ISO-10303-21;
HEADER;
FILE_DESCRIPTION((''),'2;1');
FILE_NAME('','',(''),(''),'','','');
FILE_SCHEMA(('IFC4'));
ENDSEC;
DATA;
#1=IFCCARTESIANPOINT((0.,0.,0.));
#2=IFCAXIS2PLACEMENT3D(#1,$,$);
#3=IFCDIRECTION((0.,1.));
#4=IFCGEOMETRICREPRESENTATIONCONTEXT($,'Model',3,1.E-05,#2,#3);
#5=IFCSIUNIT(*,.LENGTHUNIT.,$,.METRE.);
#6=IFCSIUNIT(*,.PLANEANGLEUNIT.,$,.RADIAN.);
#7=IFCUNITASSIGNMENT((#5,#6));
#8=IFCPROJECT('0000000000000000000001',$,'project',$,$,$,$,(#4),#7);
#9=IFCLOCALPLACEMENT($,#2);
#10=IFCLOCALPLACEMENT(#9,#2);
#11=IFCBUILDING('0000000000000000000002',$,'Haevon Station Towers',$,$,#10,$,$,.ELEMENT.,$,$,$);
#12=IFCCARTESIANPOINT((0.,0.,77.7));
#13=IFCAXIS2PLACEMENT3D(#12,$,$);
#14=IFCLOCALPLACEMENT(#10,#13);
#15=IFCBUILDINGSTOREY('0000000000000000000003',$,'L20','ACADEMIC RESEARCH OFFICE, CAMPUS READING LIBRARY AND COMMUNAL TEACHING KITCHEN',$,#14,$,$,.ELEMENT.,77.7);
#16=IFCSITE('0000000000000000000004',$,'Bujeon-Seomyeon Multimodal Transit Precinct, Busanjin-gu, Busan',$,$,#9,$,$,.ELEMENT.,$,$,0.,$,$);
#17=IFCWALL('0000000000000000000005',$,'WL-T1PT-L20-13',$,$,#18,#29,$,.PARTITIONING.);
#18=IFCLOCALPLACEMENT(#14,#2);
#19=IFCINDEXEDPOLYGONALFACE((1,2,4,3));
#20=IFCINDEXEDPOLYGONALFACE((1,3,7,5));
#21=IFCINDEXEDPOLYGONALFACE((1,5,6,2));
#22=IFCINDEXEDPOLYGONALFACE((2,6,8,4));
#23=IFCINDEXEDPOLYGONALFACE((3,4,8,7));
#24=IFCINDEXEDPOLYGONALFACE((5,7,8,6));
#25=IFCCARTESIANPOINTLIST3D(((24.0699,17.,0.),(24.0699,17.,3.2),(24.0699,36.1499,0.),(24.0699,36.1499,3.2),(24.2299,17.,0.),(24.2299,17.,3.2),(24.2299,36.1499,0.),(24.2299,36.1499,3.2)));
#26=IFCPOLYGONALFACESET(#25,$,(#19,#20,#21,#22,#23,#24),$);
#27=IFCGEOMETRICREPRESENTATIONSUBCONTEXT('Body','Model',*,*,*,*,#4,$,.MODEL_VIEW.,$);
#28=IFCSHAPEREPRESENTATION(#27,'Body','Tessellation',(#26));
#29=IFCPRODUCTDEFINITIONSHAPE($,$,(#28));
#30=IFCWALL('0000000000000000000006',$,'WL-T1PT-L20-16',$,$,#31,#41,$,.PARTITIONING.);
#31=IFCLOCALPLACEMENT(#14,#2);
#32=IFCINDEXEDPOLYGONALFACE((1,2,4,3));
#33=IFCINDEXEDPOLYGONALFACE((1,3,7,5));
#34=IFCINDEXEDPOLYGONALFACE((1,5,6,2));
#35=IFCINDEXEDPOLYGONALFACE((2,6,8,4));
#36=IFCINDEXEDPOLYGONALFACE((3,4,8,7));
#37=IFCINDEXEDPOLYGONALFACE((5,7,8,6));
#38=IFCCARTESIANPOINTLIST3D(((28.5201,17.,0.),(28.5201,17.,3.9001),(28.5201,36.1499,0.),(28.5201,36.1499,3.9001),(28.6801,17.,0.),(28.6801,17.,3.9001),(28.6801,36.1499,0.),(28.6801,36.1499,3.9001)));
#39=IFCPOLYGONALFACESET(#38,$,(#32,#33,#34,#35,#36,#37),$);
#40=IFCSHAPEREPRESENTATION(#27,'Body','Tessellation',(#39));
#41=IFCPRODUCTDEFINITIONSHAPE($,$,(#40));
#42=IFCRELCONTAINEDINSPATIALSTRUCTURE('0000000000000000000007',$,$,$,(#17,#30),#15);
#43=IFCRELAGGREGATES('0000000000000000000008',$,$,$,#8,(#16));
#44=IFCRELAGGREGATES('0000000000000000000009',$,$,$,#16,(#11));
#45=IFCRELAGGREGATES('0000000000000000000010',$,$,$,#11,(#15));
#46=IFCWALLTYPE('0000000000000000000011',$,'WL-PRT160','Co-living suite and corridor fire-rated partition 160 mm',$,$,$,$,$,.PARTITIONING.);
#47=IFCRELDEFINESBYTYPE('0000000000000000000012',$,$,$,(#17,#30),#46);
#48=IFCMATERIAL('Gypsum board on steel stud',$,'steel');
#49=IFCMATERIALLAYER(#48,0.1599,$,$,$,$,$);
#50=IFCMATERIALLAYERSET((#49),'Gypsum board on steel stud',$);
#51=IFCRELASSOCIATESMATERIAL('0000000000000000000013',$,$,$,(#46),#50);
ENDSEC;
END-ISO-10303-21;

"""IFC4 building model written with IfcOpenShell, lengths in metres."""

from ifc_helpers import new_model, si_unit, direction, frame, frame_2d, origin, place, context, subcontext, project, spatial, rectangle, extrude, material, layer, layer_set, type_object, element, save


model = new_model("IFC4")

# Units and contexts
model_context = context("Model", 3, precision=1e-05, world=origin(), true_north=direction((0.0, 1.0)))
body_context = subcontext(model_context, "Body", "Model", "MODEL_VIEW")
ifc_project = project(units=[si_unit("LENGTHUNIT", "METRE"), si_unit("PLANEANGLEUNIT", "RADIAN")], contexts=[model_context])

# Site, building, storey
site_placement = place(None, origin())
site = spatial("IfcSite", under=ifc_project, at=site_placement, Name="Bujeon-Seomyeon Multimodal Transit Precinct, Busanjin-gu, Busan", CompositionType="ELEMENT", RefElevation=0.0)
building_placement = place(site_placement, origin())
building = spatial("IfcBuilding", under=site, at=building_placement, Name="Haevon Station Towers", CompositionType="ELEMENT")
storey_placement = place(building_placement, frame((0.0, 0.0, 77.7)))
storey = spatial("IfcBuildingStorey", under=building, at=storey_placement, Name="L20", Description="ACADEMIC RESEARCH OFFICE, CAMPUS READING LIBRARY AND COMMUNAL TEACHING KITCHEN", CompositionType="ELEMENT", Elevation=77.7)

# Shared definitions
ifc_material_1 = material(Name="Gypsum board on steel stud", Category="steel")
ifc_layer_1 = layer(ifc_material_1, 0.1599)
ifc_layer_set_1 = layer_set([ifc_layer_1], Name="Gypsum board on steel stud")
wall_type_1 = type_object("IfcWallType", Name="WL-PRT160", Description="Co-living suite and corridor fire-rated partition 160 mm", PredefinedType="PARTITIONING", material=ifc_layer_set_1)

# Walls
wall_1_placement = place(storey_placement, frame((24.1499, 17.0, 0.0), z_axis=(0.0, 0.0, 1.0), x_axis=(0.0, 1.0, 0.0)))
element("IfcWall", 1, at=wall_1_placement, inside=storey, type_object=wall_type_1, Name="WL-T1PT-L20-13", PredefinedType="PARTITIONING", context=body_context, shape_type="SweptSolid", body=[
    extrude(rectangle(XDim=19.1499, YDim=0.1599, at=frame_2d((9.575, 0.0))), origin(), (0.0, 0.0, 1.0), 3.2),
])
wall_2_placement = place(storey_placement, frame((28.6001, 17.0, 0.0), z_axis=(0.0, 0.0, 1.0), x_axis=(0.0, 1.0, 0.0)))
element("IfcWall", 2, at=wall_2_placement, inside=storey, type_object=wall_type_1, Name="WL-T1PT-L20-16", PredefinedType="PARTITIONING", context=body_context, shape_type="SweptSolid", body=[
    extrude(rectangle(XDim=19.1499, YDim=0.1599, at=frame_2d((9.575, 0.0))), origin(), (0.0, 0.0, 1.0), 3.9001),
])

save(model, "model.ifc")
